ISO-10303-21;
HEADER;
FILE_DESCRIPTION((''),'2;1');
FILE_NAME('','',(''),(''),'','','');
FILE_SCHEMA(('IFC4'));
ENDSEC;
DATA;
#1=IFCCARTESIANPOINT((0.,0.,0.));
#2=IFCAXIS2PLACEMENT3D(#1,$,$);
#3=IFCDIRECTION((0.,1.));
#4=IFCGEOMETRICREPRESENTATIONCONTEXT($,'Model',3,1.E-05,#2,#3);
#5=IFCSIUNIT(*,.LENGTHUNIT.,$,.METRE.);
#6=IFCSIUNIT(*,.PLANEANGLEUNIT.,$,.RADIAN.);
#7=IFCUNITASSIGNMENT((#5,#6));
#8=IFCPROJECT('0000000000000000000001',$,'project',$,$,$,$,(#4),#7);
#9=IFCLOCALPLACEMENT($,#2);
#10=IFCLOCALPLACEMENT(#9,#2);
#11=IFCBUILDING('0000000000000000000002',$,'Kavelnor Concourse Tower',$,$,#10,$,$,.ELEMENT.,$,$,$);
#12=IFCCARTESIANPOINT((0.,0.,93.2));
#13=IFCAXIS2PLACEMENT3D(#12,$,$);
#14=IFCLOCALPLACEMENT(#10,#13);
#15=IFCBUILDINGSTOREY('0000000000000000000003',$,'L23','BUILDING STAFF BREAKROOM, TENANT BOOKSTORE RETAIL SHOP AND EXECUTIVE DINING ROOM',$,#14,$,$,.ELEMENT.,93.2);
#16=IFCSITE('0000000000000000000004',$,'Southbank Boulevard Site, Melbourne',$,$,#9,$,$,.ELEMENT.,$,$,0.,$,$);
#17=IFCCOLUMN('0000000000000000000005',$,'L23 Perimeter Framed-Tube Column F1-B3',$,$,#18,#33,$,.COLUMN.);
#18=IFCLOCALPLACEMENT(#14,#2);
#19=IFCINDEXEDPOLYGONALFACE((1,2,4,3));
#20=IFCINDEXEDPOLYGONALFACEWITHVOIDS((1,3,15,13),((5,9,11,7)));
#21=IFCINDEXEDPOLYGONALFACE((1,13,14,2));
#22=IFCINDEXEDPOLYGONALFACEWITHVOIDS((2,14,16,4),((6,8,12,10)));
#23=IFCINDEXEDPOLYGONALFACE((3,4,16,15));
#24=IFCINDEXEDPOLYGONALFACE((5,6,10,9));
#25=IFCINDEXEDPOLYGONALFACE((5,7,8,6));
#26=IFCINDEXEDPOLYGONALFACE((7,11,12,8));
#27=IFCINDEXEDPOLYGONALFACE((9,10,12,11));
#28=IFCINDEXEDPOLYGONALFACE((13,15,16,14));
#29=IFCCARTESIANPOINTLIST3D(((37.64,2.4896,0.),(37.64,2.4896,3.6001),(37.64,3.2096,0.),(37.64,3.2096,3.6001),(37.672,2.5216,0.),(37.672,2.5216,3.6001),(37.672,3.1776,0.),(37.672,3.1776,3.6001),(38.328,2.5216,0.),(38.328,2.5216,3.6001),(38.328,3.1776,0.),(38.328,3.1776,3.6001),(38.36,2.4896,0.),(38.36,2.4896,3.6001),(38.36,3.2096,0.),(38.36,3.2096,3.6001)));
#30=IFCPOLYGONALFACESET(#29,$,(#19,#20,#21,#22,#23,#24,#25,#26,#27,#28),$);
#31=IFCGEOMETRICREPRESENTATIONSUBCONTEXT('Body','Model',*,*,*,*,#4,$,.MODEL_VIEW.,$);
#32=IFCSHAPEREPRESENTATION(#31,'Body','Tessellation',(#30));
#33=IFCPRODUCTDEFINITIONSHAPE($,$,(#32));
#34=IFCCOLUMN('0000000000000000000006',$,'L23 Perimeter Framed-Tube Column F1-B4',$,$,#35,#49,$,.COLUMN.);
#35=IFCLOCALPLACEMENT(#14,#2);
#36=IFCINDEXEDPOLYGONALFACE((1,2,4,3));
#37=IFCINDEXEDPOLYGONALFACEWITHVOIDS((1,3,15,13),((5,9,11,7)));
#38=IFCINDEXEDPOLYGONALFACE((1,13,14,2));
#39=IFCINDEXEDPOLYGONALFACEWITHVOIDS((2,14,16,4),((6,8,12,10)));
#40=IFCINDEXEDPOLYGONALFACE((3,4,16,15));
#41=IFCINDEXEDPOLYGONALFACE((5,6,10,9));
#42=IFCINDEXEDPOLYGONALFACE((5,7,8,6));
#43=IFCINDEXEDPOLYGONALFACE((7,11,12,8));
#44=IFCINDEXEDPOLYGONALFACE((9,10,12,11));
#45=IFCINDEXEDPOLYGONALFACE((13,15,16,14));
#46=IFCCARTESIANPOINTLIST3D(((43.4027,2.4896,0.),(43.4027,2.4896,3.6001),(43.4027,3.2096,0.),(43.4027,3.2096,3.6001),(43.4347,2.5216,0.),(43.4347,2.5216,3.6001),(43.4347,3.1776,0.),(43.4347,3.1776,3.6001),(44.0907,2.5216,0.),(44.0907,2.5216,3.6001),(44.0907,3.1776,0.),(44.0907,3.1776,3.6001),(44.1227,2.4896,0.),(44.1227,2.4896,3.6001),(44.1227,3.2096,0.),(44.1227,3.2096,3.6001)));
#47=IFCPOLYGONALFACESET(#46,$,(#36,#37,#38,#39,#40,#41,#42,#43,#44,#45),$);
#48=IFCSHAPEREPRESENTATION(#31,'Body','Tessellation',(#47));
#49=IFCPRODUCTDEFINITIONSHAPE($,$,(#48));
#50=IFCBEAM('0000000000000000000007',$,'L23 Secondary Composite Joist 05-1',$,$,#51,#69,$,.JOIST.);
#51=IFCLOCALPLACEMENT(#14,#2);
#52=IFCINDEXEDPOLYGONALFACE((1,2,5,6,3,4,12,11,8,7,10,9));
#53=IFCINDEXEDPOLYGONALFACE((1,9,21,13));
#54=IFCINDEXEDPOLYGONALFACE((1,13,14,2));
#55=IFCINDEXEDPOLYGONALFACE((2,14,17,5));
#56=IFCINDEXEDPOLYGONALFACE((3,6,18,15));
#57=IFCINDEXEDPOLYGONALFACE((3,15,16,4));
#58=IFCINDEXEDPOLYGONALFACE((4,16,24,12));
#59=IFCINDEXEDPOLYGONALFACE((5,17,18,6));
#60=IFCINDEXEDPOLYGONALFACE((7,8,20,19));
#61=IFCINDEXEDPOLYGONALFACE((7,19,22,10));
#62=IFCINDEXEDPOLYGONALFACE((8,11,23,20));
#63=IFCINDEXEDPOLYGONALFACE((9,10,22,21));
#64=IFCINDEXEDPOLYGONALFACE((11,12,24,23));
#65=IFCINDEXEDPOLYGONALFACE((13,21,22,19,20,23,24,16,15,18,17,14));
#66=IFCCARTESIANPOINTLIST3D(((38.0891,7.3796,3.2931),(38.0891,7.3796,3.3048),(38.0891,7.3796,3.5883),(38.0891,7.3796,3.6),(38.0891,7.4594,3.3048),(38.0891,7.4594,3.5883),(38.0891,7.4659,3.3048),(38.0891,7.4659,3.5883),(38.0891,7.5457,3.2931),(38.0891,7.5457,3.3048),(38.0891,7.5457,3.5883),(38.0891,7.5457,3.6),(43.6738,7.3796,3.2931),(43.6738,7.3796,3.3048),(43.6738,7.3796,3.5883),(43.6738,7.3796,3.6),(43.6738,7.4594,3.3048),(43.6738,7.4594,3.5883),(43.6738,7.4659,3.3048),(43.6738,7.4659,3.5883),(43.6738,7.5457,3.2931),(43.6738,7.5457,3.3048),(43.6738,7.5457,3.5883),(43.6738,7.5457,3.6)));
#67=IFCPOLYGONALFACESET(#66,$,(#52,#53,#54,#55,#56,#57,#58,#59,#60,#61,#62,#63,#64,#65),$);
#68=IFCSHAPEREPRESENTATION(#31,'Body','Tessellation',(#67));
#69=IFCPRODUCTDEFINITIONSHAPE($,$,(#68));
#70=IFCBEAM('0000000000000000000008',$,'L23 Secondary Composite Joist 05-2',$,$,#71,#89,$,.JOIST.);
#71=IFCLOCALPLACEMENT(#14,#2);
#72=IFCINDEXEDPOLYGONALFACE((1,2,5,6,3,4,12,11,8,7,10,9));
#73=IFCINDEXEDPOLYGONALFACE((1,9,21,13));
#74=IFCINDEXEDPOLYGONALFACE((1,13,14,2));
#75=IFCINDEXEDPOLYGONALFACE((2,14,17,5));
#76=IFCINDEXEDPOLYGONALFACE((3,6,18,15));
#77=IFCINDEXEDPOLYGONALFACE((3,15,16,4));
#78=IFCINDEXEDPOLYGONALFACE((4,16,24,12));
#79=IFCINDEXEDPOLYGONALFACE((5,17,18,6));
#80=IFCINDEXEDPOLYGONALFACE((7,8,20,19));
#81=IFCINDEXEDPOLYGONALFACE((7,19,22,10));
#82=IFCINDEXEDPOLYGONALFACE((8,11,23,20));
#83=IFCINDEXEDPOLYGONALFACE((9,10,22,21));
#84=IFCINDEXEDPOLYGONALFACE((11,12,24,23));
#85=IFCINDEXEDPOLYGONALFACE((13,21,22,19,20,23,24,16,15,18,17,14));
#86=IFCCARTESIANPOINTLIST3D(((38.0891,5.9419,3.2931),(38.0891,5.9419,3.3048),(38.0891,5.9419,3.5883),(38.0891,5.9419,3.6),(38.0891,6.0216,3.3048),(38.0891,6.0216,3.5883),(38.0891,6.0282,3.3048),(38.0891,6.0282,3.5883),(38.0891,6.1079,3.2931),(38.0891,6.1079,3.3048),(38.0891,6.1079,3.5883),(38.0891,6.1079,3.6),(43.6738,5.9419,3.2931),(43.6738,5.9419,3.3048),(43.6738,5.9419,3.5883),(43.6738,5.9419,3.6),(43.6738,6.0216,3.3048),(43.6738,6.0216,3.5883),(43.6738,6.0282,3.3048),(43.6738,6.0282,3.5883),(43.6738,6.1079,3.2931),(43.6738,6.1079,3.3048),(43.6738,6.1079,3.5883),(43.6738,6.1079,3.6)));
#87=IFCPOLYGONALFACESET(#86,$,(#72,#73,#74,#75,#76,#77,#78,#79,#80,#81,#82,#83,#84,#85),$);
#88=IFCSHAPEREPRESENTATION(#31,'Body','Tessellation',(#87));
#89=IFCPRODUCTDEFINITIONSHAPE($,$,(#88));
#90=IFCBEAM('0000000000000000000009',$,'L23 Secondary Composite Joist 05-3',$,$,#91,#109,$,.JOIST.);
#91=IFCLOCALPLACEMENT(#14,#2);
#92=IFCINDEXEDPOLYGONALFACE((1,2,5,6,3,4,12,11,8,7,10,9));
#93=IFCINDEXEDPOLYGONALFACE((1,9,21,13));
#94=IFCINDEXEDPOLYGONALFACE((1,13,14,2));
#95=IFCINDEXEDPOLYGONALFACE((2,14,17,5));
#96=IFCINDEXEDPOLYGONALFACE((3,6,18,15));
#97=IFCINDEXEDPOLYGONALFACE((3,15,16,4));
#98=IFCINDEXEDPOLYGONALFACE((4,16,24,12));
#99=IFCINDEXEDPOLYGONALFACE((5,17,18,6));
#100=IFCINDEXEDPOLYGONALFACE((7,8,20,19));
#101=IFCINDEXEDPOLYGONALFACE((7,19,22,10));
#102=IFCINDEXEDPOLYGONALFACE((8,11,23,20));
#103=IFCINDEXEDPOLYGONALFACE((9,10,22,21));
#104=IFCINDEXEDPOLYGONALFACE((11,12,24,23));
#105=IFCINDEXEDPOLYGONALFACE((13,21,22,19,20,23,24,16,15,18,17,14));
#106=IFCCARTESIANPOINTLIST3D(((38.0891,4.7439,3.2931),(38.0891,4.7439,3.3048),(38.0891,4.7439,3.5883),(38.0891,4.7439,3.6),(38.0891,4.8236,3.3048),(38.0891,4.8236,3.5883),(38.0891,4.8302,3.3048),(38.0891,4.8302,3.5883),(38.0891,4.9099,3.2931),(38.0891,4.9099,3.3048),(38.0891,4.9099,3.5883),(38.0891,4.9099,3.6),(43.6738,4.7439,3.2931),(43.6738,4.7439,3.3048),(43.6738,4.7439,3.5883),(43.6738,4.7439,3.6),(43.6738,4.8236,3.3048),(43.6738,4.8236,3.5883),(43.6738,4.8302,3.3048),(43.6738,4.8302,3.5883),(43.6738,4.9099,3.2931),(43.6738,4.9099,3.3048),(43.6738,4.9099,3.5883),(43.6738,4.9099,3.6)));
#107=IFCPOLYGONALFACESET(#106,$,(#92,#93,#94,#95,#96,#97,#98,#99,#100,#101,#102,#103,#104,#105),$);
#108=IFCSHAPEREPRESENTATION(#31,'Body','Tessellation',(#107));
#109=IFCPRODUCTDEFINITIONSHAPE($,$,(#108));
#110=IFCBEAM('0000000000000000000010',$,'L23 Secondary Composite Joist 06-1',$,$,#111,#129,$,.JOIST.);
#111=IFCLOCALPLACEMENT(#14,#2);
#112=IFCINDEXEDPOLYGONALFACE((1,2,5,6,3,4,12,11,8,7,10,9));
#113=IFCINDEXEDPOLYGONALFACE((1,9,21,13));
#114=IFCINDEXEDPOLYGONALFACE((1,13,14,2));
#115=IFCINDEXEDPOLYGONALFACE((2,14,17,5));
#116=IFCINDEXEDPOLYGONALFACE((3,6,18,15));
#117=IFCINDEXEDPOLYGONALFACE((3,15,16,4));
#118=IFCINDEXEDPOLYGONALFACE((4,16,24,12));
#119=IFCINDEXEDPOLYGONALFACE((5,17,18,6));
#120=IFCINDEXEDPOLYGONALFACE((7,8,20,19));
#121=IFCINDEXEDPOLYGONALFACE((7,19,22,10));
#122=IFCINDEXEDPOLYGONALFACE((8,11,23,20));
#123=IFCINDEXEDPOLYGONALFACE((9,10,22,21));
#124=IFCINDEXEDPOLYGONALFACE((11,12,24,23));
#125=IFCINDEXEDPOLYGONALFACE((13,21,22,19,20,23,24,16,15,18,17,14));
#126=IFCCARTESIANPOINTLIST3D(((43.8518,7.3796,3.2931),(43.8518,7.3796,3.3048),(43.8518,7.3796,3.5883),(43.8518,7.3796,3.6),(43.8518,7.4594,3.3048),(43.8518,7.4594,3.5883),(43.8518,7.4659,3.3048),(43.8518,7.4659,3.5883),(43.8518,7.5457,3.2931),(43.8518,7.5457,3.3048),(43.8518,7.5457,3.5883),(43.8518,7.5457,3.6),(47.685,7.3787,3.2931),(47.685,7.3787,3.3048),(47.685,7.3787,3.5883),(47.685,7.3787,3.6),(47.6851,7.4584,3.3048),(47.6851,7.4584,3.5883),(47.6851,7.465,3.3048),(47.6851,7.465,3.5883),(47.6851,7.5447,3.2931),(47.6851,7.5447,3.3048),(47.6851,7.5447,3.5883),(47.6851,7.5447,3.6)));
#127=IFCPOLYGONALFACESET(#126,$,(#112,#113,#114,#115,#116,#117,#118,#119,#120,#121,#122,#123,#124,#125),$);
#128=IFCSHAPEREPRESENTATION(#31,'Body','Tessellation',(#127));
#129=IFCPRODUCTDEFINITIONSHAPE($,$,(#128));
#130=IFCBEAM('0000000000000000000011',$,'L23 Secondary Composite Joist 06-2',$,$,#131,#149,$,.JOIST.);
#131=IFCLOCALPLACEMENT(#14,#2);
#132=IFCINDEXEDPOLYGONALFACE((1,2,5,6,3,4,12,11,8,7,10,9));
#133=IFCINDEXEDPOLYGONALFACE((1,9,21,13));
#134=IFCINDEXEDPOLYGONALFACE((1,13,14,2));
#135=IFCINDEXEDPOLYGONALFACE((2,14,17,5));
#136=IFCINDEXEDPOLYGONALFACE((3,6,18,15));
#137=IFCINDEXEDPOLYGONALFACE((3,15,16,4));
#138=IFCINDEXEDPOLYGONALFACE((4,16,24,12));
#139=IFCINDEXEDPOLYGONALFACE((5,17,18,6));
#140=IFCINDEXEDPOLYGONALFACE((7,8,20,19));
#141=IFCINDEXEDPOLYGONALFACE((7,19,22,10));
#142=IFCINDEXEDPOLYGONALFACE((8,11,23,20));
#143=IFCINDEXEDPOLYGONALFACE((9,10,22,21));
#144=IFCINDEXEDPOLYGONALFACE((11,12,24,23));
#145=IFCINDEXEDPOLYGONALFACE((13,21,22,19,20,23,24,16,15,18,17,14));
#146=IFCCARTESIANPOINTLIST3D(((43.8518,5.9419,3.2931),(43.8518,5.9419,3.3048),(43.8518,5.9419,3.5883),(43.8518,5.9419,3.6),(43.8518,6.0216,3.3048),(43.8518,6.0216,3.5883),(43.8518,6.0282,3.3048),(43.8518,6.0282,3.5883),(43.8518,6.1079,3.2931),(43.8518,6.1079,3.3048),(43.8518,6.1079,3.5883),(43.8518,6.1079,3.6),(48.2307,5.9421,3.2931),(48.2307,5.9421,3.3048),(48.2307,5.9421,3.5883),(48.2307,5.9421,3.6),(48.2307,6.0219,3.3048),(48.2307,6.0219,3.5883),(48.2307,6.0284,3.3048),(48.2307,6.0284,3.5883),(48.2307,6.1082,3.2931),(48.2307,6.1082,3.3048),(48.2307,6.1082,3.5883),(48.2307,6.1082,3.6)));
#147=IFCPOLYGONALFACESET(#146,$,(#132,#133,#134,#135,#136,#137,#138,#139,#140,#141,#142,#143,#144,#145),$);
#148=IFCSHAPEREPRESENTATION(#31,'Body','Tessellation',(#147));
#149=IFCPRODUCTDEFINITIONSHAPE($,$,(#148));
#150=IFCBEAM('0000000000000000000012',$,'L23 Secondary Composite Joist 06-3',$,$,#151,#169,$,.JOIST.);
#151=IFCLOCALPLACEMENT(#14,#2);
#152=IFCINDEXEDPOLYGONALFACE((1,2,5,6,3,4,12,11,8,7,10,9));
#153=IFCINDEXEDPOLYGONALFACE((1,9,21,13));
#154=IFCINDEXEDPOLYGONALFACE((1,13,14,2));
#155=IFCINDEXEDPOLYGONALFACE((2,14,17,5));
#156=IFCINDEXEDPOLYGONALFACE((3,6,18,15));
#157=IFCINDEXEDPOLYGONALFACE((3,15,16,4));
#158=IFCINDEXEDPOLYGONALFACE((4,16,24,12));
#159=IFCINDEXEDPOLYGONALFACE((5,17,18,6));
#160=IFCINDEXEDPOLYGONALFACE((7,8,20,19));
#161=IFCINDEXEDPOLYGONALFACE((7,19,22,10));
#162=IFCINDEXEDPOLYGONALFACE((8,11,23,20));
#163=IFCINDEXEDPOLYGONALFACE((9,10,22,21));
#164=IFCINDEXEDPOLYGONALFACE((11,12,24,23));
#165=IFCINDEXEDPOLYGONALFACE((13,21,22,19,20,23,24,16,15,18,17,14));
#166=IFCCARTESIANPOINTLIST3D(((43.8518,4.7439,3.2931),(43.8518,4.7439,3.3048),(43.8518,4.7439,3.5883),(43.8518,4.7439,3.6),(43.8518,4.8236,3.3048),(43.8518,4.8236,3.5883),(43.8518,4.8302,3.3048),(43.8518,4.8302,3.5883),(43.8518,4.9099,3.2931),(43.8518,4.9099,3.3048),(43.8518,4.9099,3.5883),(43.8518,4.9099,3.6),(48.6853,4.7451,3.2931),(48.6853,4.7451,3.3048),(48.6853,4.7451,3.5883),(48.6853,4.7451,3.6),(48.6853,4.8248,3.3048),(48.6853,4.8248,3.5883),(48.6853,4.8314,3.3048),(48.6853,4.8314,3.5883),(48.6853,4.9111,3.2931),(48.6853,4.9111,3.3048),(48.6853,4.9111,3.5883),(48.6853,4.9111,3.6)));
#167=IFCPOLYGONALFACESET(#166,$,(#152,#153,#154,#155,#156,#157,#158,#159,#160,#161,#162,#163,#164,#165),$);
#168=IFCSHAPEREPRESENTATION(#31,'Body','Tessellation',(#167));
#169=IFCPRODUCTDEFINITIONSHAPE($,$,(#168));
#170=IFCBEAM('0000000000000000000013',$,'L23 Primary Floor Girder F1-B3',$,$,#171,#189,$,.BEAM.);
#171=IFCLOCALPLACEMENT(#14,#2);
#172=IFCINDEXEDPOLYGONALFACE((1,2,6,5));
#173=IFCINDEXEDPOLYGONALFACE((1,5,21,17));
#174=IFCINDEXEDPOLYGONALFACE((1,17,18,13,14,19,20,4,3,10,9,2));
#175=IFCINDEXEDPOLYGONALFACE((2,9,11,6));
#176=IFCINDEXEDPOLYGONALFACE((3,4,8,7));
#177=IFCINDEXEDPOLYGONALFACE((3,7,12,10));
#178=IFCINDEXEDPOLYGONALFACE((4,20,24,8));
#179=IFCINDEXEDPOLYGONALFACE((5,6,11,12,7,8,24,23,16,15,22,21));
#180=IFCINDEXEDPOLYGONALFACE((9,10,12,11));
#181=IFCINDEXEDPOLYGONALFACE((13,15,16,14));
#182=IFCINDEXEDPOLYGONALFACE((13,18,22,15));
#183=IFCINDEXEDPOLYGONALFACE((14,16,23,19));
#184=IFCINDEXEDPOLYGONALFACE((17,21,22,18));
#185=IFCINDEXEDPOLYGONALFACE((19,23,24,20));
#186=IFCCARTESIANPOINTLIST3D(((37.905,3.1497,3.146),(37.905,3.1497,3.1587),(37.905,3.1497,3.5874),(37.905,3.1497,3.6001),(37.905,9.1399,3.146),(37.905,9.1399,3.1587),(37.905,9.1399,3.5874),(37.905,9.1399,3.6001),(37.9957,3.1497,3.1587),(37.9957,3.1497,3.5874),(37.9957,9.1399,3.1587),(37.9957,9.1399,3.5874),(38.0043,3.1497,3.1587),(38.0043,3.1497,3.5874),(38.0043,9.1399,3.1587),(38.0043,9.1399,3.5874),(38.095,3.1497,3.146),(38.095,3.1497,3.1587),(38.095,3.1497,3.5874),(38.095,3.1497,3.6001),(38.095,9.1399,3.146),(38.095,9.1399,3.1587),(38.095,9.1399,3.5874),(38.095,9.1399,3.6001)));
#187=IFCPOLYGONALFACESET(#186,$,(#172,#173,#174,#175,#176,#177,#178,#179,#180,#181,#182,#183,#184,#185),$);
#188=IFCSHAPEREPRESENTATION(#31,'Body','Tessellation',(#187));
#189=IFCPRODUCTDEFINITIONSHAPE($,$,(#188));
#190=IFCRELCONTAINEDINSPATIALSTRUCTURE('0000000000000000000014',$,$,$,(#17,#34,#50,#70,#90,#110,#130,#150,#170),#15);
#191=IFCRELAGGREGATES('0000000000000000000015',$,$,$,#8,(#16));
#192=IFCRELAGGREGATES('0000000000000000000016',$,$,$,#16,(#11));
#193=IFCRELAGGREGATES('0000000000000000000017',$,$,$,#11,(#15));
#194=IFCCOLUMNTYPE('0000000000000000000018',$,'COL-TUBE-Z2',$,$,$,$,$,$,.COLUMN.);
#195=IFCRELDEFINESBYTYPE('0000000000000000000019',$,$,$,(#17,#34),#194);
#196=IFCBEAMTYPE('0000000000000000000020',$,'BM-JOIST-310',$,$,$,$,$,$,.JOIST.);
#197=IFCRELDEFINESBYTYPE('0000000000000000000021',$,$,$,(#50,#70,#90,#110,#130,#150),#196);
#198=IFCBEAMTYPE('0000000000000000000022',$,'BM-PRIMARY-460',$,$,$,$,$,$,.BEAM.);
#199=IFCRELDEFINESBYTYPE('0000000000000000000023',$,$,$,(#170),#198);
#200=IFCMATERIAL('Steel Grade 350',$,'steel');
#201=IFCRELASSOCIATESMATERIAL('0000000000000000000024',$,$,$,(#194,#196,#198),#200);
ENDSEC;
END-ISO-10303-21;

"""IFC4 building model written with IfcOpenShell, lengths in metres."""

from ifc_helpers import new_model, si_unit, direction, frame, origin, origin_2d, place, context, subcontext, project, spatial, hollow_rectangle, i_section, extrude, material, material_profile, profile_set, type_object, element, save


model = new_model("IFC4")

# Units and contexts
model_context = context("Model", 3, precision=1e-05, world=origin(), true_north=direction((0.0, 1.0)))
body_context = subcontext(model_context, "Body", "Model", "MODEL_VIEW")
ifc_project = project(units=[si_unit("LENGTHUNIT", "METRE"), si_unit("PLANEANGLEUNIT", "RADIAN")], contexts=[model_context])

# Site, building, storey
site_placement = place(None, origin())
site = spatial("IfcSite", under=ifc_project, at=site_placement, Name="Southbank Boulevard Site, Melbourne", CompositionType="ELEMENT", RefElevation=0.0)
building_placement = place(site_placement, origin())
building = spatial("IfcBuilding", under=site, at=building_placement, Name="Kavelnor Concourse Tower", CompositionType="ELEMENT")
storey_placement = place(building_placement, frame((0.0, 0.0, 93.2)))
storey = spatial("IfcBuildingStorey", under=building, at=storey_placement, Name="L23", Description="BUILDING STAFF BREAKROOM, TENANT BOOKSTORE RETAIL SHOP AND EXECUTIVE DINING ROOM", CompositionType="ELEMENT", Elevation=93.2)

# Columns
ifc_material_1 = material(Name="Steel Grade 350", Category="steel")
ifc_material_profile_1 = material_profile(ifc_material_1, hollow_rectangle(XDim=0.72, YDim=0.72, WallThickness=0.032, at=origin_2d()), Name="SHS 720x720x32")
ifc_profile_set_1 = profile_set([ifc_material_profile_1], Name="Steel Grade 350")
column_type = type_object("IfcColumnType", Name="COL-TUBE-Z2", PredefinedType="COLUMN", material=ifc_profile_set_1)
for number, where, z_axis, x_axis, name in (
    (1, (38.0, 2.8496, 0.0), (0.0, 0.0, 1.0), (1.0, 0.0, 0.0), "L23 Perimeter Framed-Tube Column F1-B3"),
    (2, (43.7627, 2.8496, 0.0), (0.0, 0.0, 1.0), (1.0, 0.0, 0.0), "L23 Perimeter Framed-Tube Column F1-B4"),
):
    element("IfcColumn", number, at=place(storey_placement, frame(where, z_axis=z_axis, x_axis=x_axis)), inside=storey, type_object=column_type, Name=name, PredefinedType="COLUMN", context=body_context, shape_type="SweptSolid", body=[
        extrude(hollow_rectangle(XDim=0.72, YDim=0.72, WallThickness=0.032, at=origin_2d()), origin(), (0.0, 0.0, 1.0), 3.6001),
    ])

# Beams
ifc_material_profile_2 = material_profile(ifc_material_1, i_section(OverallWidth=0.166, OverallDepth=0.3069, WebThickness=0.0066, FlangeThickness=0.0117, at=origin_2d()), Name="310UB46")
ifc_profile_set_2 = profile_set([ifc_material_profile_2], Name="Steel Grade 350")
beam_type_1 = type_object("IfcBeamType", Name="BM-JOIST-310", PredefinedType="JOIST", material=ifc_profile_set_2)
for number, where, z_axis, x_axis, name in (
    (3, (38.0891, 7.4626, 3.4465), (1.0, 0.0, 0.0), (0.0, 1.0, 0.0), "L23 Secondary Composite Joist 05-1"),
    (4, (38.0891, 6.0249, 3.4465), (1.0, 0.0, 0.0), (0.0, 1.0, 0.0), "L23 Secondary Composite Joist 05-2"),
    (5, (38.0891, 4.8269, 3.4465), (1.0, 0.0, 0.0), (0.0, 1.0, 0.0), "L23 Secondary Composite Joist 05-3"),
):
    element("IfcBeam", number, at=place(storey_placement, frame(where, z_axis=z_axis, x_axis=x_axis)), inside=storey, type_object=beam_type_1, Name=name, PredefinedType="JOIST", context=body_context, shape_type="SweptSolid", body=[
        extrude(i_section(OverallWidth=0.166, OverallDepth=0.3069, WebThickness=0.0066, FlangeThickness=0.0117, at=origin_2d()), origin(), (0.0, 0.0, 1.0), 5.5847),
    ])
beam_1_placement = place(storey_placement, frame((43.8518, 7.4626, 3.4465), z_axis=(1.0, -0.000255, 0.0), x_axis=(0.000255, 1.0, 0.0)))
element("IfcBeam", 6, at=beam_1_placement, inside=storey, type_object=beam_type_1, Name="L23 Secondary Composite Joist 06-1", PredefinedType="JOIST", context=body_context, shape_type="SweptSolid", body=[
    extrude(i_section(OverallWidth=0.166, OverallDepth=0.3069, WebThickness=0.0066, FlangeThickness=0.0117, at=origin_2d()), origin(), (0.0, 0.0, 1.0), 3.8333),
])
beam_2_placement = place(storey_placement, frame((43.8518, 6.0249, 3.4465), z_axis=(1.0, 0.000056, 0.0), x_axis=(-0.000056, 1.0, 0.0)))
element("IfcBeam", 7, at=beam_2_placement, inside=storey, type_object=beam_type_1, Name="L23 Secondary Composite Joist 06-2", PredefinedType="JOIST", context=body_context, shape_type="SweptSolid", body=[
    extrude(i_section(OverallWidth=0.166, OverallDepth=0.3069, WebThickness=0.0066, FlangeThickness=0.0117, at=origin_2d()), origin(), (0.0, 0.0, 1.0), 4.3789),
])
beam_3_placement = place(storey_placement, frame((43.8518, 4.8269, 3.4465), z_axis=(1.0, 0.000253, 0.0), x_axis=(-0.000253, 1.0, 0.0)))
element("IfcBeam", 8, at=beam_3_placement, inside=storey, type_object=beam_type_1, Name="L23 Secondary Composite Joist 06-3", PredefinedType="JOIST", context=body_context, shape_type="SweptSolid", body=[
    extrude(i_section(OverallWidth=0.166, OverallDepth=0.3069, WebThickness=0.0066, FlangeThickness=0.0117, at=origin_2d()), origin(), (0.0, 0.0, 1.0), 4.8335),
])
ifc_material_profile_3 = material_profile(ifc_material_1, i_section(OverallWidth=0.1899, OverallDepth=0.4541, WebThickness=0.0085, FlangeThickness=0.0127, at=origin_2d()), Name="460UB67")
ifc_profile_set_3 = profile_set([ifc_material_profile_3], Name="Steel Grade 350")
beam_type_2 = type_object("IfcBeamType", Name="BM-PRIMARY-460", PredefinedType="BEAM", material=ifc_profile_set_3)
for number, where, z_axis, x_axis, name in (
    (9, (38.0, 9.1399, 3.373), (0.0, -1.0, 0.0), (1.0, 0.0, 0.0), "L23 Primary Floor Girder F1-B3"),
):
    element("IfcBeam", number, at=place(storey_placement, frame(where, z_axis=z_axis, x_axis=x_axis)), inside=storey, type_object=beam_type_2, Name=name, PredefinedType="BEAM", context=body_context, shape_type="SweptSolid", body=[
        extrude(i_section(OverallWidth=0.1899, OverallDepth=0.4541, WebThickness=0.0085, FlangeThickness=0.0127, at=origin_2d()), origin(), (0.0, 0.0, 1.0), 5.9902),
    ])

save(model, "model.ifc")
